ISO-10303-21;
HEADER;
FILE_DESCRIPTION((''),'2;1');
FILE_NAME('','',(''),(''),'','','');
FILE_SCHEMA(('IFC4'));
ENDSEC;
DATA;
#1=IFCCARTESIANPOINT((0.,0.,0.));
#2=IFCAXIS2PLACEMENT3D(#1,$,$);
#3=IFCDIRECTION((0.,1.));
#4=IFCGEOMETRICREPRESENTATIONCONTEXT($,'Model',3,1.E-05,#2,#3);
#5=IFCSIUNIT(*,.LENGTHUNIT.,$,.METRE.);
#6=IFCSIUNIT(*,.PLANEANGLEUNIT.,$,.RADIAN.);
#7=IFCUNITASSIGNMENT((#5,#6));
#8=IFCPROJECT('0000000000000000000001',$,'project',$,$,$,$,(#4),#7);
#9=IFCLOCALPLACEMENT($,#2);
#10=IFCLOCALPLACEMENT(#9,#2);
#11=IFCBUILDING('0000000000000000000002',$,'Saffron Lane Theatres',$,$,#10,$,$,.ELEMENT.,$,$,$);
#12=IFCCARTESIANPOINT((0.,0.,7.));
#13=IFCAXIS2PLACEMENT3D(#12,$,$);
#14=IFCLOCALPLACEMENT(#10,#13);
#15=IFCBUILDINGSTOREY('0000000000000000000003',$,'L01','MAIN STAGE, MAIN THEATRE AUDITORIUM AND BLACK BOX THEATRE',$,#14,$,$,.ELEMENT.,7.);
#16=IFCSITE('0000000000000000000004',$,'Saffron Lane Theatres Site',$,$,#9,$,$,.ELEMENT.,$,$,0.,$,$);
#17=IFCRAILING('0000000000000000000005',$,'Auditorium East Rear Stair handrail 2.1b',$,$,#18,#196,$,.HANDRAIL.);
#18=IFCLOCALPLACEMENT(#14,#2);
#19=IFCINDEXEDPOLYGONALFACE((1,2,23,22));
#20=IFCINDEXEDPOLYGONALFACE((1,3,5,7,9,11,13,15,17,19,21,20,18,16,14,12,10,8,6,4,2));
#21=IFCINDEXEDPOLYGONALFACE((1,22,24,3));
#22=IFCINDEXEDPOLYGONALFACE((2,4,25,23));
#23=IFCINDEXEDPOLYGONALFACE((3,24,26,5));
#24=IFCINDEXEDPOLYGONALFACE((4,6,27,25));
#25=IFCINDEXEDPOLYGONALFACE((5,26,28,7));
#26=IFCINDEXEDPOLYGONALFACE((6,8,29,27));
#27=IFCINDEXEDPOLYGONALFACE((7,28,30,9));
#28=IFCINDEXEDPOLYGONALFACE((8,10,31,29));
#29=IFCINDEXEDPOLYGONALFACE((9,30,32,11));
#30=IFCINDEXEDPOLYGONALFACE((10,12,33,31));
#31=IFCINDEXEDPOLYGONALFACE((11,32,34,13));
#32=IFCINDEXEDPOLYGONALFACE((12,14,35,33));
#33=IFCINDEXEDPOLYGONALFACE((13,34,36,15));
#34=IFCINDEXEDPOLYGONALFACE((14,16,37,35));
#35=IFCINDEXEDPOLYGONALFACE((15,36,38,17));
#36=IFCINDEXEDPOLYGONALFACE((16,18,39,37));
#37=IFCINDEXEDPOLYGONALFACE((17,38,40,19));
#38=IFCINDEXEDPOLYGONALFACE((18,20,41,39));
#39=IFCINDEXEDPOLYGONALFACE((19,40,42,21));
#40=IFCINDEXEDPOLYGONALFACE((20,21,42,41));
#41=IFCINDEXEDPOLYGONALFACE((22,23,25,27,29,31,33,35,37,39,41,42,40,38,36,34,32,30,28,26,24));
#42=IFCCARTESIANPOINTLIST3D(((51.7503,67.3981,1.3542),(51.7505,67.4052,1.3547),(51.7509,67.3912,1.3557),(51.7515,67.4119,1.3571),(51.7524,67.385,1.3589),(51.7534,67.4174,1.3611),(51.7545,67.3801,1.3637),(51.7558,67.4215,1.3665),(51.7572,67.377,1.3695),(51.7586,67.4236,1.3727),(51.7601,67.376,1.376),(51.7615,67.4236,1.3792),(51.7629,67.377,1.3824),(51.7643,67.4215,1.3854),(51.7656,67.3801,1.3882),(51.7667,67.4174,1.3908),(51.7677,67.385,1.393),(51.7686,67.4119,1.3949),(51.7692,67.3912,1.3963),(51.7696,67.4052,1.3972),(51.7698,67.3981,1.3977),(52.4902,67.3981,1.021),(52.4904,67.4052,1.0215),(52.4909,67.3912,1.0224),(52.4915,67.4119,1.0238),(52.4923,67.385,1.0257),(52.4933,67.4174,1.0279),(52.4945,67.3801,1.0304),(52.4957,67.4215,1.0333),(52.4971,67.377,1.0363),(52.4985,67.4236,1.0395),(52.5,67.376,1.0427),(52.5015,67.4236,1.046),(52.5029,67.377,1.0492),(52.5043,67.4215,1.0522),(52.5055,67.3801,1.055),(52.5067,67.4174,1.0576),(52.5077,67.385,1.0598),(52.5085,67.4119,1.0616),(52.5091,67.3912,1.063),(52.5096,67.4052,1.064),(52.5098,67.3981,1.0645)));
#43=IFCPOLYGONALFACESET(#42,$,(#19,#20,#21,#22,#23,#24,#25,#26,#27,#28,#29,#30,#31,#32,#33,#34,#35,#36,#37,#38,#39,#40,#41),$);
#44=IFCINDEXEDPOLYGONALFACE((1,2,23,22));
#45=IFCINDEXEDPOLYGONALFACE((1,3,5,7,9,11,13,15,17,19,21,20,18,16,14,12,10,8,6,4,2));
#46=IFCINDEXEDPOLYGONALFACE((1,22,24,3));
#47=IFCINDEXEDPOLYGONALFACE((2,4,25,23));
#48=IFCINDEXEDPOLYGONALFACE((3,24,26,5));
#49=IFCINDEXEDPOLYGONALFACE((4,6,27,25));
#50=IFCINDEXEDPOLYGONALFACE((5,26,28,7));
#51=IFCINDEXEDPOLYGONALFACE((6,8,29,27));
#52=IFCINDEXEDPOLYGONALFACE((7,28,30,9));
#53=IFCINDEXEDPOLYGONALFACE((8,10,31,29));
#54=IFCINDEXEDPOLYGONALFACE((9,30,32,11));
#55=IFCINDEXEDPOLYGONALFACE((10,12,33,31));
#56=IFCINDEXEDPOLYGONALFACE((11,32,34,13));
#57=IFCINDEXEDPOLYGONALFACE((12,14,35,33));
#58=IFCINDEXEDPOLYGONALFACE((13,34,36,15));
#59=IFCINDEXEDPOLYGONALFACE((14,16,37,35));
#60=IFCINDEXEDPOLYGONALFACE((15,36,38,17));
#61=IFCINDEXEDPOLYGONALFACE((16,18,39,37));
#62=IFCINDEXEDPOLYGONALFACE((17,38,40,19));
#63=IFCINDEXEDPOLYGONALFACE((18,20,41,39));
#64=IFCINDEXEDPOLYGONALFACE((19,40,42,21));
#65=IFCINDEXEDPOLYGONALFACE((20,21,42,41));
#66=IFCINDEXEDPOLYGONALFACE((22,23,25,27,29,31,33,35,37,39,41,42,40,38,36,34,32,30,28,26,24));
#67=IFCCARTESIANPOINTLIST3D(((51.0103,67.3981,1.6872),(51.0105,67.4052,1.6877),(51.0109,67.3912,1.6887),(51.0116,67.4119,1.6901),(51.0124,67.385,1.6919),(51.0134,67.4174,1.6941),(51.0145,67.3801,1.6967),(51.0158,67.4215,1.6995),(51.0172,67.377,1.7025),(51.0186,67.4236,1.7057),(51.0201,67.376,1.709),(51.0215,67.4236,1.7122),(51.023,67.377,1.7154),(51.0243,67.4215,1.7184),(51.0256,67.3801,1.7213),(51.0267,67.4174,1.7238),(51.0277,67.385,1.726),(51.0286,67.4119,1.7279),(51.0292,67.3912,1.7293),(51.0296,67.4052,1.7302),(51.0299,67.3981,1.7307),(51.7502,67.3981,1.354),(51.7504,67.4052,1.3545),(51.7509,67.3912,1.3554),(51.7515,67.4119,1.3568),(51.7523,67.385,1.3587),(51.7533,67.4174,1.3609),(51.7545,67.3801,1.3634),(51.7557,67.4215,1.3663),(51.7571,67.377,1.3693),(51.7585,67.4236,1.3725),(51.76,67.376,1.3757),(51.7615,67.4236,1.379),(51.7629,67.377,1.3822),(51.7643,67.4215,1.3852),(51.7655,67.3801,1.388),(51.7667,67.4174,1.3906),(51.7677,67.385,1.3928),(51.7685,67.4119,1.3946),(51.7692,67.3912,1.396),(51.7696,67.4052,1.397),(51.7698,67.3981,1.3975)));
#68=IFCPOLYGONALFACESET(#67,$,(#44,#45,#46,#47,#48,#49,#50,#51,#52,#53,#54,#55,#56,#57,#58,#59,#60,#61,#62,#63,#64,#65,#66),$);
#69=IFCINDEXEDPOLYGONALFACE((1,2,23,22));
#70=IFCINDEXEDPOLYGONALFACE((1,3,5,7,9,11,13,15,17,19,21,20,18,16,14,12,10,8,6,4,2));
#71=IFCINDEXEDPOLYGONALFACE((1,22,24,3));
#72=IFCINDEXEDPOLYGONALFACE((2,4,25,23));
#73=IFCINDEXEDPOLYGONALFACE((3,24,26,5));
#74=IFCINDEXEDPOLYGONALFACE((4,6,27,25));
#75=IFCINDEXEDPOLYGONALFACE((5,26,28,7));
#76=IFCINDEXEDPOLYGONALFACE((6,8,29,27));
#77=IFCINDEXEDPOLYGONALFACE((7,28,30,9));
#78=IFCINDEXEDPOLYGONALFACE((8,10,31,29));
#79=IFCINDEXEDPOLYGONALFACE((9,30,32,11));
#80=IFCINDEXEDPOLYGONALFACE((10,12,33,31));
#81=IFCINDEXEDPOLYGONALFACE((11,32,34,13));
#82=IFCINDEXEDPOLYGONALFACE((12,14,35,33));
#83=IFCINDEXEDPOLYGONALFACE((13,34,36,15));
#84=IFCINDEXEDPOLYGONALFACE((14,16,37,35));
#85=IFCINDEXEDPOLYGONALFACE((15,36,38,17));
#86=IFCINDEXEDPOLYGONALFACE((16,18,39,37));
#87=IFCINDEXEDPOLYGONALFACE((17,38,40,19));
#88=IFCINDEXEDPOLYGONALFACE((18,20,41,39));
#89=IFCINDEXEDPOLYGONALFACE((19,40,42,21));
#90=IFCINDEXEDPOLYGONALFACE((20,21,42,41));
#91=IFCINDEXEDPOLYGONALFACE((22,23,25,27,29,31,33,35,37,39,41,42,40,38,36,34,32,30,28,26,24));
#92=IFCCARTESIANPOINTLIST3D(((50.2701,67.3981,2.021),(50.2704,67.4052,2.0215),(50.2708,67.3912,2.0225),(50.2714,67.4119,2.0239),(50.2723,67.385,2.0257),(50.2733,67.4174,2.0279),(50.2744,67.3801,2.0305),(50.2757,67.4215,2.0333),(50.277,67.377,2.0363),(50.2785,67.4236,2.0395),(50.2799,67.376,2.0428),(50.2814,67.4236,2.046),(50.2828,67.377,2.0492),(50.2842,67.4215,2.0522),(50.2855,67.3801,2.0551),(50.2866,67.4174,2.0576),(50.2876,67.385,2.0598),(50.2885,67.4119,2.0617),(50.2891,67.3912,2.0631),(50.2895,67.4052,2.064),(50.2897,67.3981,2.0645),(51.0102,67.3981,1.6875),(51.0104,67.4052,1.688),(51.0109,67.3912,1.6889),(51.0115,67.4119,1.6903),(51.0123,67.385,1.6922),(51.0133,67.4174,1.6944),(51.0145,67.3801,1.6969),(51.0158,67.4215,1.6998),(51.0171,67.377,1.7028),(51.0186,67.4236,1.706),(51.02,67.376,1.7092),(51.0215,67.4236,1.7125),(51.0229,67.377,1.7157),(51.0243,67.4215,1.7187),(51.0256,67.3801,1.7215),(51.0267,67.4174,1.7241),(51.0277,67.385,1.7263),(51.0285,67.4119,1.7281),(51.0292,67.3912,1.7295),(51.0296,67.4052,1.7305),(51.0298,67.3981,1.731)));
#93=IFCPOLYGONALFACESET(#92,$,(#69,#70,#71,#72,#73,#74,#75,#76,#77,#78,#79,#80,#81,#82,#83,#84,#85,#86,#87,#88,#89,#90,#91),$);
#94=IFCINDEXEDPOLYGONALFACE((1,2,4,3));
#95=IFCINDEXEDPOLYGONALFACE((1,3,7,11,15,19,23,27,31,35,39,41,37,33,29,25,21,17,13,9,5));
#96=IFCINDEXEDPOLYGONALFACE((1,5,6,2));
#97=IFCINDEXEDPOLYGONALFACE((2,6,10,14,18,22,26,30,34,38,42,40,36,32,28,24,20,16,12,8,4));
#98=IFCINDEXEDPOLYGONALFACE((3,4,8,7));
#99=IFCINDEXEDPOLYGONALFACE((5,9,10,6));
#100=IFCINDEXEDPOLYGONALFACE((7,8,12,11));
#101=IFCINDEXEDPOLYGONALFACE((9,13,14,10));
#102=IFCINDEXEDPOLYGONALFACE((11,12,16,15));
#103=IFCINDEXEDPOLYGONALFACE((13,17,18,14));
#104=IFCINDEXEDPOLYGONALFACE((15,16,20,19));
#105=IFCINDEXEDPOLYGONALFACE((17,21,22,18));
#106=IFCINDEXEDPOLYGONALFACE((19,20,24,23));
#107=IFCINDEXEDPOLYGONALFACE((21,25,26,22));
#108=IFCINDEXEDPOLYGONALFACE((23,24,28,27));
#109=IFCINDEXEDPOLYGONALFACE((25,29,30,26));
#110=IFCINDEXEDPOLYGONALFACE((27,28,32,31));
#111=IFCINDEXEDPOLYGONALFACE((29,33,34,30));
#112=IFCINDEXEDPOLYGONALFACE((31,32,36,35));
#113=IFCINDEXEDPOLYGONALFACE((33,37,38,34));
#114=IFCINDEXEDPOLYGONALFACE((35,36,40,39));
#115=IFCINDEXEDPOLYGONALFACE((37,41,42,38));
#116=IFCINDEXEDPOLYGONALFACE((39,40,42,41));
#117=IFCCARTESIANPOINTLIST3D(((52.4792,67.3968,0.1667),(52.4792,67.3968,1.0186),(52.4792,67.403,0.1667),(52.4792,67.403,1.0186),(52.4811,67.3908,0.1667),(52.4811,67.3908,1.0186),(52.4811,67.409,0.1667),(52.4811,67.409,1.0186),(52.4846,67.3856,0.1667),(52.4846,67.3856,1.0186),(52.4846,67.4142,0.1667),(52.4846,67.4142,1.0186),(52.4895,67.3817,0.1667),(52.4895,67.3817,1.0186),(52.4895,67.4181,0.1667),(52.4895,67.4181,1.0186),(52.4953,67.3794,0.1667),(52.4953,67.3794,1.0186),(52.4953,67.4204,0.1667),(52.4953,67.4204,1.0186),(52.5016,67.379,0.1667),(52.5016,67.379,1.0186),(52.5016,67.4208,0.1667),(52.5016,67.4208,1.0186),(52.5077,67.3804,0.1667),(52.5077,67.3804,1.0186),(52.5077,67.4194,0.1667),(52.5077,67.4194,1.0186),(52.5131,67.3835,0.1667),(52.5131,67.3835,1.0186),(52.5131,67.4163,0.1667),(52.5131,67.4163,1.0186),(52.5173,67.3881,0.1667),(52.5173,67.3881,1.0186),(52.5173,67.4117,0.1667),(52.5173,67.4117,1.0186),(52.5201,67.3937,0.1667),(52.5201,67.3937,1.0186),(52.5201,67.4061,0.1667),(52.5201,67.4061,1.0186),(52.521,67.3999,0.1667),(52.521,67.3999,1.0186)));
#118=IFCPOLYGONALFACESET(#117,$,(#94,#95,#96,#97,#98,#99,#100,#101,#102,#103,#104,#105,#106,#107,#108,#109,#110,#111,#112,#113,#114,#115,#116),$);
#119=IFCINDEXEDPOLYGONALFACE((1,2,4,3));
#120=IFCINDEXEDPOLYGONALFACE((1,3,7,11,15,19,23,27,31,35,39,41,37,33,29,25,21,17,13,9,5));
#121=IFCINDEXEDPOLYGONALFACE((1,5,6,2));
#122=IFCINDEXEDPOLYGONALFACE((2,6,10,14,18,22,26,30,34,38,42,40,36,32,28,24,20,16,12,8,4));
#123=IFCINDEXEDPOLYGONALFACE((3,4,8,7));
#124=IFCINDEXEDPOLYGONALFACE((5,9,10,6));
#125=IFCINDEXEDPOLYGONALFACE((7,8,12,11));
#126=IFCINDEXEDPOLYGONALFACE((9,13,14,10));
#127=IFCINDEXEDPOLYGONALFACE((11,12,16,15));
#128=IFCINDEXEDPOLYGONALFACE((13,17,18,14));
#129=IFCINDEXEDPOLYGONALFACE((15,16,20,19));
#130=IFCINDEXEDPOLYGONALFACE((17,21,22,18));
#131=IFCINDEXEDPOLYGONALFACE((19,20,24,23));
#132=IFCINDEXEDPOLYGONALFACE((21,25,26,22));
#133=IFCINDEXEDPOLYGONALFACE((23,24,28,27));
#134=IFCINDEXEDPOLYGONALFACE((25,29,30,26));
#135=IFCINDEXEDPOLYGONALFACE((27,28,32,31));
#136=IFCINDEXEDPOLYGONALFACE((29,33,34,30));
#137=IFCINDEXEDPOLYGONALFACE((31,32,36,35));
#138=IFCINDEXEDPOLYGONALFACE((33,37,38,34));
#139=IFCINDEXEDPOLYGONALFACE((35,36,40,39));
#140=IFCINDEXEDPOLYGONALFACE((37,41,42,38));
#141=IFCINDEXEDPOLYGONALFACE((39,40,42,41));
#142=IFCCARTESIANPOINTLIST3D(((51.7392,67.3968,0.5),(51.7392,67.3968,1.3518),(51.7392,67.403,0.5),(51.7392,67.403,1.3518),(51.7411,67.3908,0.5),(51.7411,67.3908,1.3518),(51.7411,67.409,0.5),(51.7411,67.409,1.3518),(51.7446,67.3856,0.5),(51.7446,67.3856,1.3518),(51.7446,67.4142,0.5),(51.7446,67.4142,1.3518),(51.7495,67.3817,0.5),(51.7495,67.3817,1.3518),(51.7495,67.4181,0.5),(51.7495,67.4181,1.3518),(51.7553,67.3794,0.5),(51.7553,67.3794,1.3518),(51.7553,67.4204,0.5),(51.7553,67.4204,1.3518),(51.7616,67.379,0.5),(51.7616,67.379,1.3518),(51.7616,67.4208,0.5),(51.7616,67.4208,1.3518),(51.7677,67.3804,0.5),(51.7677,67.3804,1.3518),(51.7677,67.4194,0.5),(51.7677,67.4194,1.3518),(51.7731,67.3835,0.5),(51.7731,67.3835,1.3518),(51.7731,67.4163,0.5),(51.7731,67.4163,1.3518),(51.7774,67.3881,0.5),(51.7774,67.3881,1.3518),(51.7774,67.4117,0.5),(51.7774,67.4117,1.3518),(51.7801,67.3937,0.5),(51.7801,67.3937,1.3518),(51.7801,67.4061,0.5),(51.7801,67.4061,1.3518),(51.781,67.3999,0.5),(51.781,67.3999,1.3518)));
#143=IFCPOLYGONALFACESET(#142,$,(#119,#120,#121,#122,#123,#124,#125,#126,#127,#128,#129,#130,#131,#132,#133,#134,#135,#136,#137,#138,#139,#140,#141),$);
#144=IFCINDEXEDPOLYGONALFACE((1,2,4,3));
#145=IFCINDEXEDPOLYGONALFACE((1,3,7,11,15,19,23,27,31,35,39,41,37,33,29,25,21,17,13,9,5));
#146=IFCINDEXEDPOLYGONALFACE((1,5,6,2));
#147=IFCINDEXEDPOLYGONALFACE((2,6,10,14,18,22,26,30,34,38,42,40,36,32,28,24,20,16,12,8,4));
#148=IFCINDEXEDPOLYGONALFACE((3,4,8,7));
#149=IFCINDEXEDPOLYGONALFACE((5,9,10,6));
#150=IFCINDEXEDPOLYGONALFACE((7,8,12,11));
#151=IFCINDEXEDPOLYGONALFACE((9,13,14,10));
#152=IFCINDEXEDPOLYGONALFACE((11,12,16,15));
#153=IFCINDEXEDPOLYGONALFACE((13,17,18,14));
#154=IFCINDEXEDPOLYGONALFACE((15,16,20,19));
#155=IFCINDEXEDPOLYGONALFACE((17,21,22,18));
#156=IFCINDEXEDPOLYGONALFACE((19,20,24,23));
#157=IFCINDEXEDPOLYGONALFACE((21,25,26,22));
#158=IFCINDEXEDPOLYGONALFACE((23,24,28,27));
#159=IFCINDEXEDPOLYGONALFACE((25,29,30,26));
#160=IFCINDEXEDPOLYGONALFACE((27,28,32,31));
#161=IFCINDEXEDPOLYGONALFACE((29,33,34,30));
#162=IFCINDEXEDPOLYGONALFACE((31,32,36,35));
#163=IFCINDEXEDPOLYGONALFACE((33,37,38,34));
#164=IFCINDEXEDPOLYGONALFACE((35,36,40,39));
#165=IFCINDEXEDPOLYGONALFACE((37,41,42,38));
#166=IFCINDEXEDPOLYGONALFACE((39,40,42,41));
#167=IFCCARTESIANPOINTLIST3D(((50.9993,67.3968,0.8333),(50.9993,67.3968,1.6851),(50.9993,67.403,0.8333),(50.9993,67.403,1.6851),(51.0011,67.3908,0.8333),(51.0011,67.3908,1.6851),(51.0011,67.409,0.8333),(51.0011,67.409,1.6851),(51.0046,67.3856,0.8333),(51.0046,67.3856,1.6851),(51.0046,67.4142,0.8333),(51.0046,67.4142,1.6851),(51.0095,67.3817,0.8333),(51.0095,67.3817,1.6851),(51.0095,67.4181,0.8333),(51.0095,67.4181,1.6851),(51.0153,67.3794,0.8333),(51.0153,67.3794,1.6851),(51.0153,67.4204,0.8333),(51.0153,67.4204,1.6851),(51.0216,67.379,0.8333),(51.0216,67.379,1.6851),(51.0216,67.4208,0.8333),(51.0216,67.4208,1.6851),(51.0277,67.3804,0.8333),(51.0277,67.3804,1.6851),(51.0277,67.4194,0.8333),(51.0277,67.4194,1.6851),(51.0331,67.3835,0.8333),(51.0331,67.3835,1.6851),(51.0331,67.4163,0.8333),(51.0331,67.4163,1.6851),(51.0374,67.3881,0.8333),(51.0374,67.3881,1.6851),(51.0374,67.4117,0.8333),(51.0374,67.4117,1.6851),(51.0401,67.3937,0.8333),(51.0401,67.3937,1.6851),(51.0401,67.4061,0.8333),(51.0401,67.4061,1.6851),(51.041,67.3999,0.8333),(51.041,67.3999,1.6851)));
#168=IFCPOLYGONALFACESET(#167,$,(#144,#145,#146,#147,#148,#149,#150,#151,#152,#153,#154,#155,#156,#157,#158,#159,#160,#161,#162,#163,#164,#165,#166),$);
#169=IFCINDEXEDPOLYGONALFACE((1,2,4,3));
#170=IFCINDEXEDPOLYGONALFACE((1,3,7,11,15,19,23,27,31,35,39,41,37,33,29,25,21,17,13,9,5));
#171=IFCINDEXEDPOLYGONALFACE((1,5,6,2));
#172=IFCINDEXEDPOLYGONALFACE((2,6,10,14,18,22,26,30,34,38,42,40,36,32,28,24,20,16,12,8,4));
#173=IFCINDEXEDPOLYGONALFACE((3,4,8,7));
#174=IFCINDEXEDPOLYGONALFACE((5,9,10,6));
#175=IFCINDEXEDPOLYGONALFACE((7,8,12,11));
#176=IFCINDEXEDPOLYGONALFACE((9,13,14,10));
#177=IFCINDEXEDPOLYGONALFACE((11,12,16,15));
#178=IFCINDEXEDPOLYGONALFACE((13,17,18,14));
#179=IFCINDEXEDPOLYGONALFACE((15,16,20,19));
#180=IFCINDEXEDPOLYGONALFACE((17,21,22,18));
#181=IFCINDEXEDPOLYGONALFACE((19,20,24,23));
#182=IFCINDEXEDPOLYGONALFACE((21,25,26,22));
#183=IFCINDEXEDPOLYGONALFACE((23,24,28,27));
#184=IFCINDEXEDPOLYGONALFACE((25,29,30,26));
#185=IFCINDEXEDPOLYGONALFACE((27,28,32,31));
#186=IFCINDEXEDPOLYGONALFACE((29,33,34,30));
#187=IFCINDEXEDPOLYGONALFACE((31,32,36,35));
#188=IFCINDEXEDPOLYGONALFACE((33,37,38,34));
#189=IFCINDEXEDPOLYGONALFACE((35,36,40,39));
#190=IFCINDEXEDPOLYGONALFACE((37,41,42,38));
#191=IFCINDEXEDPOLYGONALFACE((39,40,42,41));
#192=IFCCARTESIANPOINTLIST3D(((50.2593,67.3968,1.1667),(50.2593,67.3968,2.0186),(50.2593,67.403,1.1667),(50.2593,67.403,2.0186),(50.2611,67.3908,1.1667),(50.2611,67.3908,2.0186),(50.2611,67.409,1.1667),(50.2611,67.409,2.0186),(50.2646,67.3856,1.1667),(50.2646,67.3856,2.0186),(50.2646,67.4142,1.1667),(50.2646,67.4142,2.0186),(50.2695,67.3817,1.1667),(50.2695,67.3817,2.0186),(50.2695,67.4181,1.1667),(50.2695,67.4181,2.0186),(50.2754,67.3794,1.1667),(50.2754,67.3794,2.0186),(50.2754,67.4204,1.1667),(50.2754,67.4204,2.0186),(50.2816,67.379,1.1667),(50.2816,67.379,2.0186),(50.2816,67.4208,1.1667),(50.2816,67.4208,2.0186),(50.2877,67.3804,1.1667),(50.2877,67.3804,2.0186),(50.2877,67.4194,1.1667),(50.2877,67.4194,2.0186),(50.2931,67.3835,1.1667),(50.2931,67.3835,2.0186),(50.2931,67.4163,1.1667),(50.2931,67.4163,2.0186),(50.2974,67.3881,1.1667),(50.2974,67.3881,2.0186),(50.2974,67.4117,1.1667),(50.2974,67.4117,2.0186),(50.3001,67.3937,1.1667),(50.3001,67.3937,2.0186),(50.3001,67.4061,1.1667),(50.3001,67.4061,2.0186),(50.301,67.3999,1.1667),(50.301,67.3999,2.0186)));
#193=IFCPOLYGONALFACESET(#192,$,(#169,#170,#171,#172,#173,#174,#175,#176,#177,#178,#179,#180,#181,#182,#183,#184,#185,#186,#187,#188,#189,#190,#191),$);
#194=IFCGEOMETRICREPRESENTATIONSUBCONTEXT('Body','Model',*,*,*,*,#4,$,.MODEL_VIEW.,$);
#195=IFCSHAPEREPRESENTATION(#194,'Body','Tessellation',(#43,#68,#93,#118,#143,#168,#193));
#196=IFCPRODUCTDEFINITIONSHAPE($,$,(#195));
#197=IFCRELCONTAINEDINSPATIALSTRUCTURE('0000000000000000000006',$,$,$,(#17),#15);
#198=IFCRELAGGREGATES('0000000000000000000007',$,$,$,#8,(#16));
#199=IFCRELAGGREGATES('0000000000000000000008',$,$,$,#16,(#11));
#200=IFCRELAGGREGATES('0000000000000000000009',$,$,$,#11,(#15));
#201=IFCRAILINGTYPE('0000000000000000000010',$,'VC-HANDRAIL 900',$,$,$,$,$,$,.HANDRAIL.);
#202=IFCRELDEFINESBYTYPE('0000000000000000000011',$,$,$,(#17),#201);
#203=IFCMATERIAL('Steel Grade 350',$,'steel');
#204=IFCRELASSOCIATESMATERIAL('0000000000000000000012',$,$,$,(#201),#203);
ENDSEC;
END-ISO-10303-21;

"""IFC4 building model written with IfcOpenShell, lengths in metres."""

from ifc_helpers import new_model, si_unit, direction, frame, origin, origin_2d, place, context, subcontext, project, spatial, circle, extrude, material, type_object, element, save


model = new_model("IFC4")

# Units and contexts
model_context = context("Model", 3, precision=1e-05, world=origin(), true_north=direction((0.0, 1.0)))
body_context = subcontext(model_context, "Body", "Model", "MODEL_VIEW")
ifc_project = project(units=[si_unit("LENGTHUNIT", "METRE"), si_unit("PLANEANGLEUNIT", "RADIAN")], contexts=[model_context])

# Site, building, storey
site_placement = place(None, origin())
site = spatial("IfcSite", under=ifc_project, at=site_placement, Name="Saffron Lane Theatres Site", CompositionType="ELEMENT", RefElevation=0.0)
building_placement = place(site_placement, origin())
building = spatial("IfcBuilding", under=site, at=building_placement, Name="Saffron Lane Theatres", CompositionType="ELEMENT")
storey_placement = place(building_placement, frame((0.0, 0.0, 7.0)))
storey = spatial("IfcBuildingStorey", under=building, at=storey_placement, Name="L01", Description="MAIN STAGE, MAIN THEATRE AUDITORIUM AND BLACK BOX THEATRE", CompositionType="ELEMENT", Elevation=7.0)

# Railing
ifc_material_1 = material(Name="Steel Grade 350", Category="steel")
railing_type_1 = type_object("IfcRailingType", Name="VC-HANDRAIL 900", PredefinedType="HANDRAIL", material=ifc_material_1)
for number, where, name in (
    (1, (52.5, 67.3999, 0.1667), "Auditorium East Rear Stair handrail 2.1b"),
):
    element("IfcRailing", number, at=place(storey_placement, frame(where)), inside=storey, type_object=railing_type_1, Name=name, PredefinedType="HANDRAIL", context=body_context, shape_type="SweptSolid", body=[
        extrude(circle(Radius=0.0239, at=origin_2d()), frame((0.0, 0.0, 0.876), z_axis=(-0.911803, 0.0, 0.410627), x_axis=(0.0, -1.0, 0.0)), (0.0, 0.0, 1.0), 0.8115),
        extrude(circle(Radius=0.0239, at=origin_2d()), frame((-0.74, 0.0, 1.209), z_axis=(-0.911803, 0.0, 0.410627), x_axis=(0.0, -1.0, 0.0)), (0.0, 0.0, 1.0), 0.8115),
        extrude(circle(Radius=0.0239, at=origin_2d()), frame((-1.48, 0.0, 1.5425), z_axis=(-0.911691, 0.0, 0.410877), x_axis=(0.0, -1.0, 0.0)), (0.0, 0.0, 1.0), 0.8118),
        extrude(circle(Radius=0.021, at=origin_2d()), origin(), (0.0, 0.0, 1.0), 0.8518),
        extrude(circle(Radius=0.021, at=origin_2d()), frame((-0.74, 0.0, 0.3333)), (0.0, 0.0, 1.0), 0.8518),
        extrude(circle(Radius=0.021, at=origin_2d()), frame((-1.48, 0.0, 0.6665)), (0.0, 0.0, 1.0), 0.8518),
        extrude(circle(Radius=0.021, at=origin_2d()), frame((-2.22, 0.0, 1.0)), (0.0, 0.0, 1.0), 0.8518),
    ])

save(model, "model.ifc")
